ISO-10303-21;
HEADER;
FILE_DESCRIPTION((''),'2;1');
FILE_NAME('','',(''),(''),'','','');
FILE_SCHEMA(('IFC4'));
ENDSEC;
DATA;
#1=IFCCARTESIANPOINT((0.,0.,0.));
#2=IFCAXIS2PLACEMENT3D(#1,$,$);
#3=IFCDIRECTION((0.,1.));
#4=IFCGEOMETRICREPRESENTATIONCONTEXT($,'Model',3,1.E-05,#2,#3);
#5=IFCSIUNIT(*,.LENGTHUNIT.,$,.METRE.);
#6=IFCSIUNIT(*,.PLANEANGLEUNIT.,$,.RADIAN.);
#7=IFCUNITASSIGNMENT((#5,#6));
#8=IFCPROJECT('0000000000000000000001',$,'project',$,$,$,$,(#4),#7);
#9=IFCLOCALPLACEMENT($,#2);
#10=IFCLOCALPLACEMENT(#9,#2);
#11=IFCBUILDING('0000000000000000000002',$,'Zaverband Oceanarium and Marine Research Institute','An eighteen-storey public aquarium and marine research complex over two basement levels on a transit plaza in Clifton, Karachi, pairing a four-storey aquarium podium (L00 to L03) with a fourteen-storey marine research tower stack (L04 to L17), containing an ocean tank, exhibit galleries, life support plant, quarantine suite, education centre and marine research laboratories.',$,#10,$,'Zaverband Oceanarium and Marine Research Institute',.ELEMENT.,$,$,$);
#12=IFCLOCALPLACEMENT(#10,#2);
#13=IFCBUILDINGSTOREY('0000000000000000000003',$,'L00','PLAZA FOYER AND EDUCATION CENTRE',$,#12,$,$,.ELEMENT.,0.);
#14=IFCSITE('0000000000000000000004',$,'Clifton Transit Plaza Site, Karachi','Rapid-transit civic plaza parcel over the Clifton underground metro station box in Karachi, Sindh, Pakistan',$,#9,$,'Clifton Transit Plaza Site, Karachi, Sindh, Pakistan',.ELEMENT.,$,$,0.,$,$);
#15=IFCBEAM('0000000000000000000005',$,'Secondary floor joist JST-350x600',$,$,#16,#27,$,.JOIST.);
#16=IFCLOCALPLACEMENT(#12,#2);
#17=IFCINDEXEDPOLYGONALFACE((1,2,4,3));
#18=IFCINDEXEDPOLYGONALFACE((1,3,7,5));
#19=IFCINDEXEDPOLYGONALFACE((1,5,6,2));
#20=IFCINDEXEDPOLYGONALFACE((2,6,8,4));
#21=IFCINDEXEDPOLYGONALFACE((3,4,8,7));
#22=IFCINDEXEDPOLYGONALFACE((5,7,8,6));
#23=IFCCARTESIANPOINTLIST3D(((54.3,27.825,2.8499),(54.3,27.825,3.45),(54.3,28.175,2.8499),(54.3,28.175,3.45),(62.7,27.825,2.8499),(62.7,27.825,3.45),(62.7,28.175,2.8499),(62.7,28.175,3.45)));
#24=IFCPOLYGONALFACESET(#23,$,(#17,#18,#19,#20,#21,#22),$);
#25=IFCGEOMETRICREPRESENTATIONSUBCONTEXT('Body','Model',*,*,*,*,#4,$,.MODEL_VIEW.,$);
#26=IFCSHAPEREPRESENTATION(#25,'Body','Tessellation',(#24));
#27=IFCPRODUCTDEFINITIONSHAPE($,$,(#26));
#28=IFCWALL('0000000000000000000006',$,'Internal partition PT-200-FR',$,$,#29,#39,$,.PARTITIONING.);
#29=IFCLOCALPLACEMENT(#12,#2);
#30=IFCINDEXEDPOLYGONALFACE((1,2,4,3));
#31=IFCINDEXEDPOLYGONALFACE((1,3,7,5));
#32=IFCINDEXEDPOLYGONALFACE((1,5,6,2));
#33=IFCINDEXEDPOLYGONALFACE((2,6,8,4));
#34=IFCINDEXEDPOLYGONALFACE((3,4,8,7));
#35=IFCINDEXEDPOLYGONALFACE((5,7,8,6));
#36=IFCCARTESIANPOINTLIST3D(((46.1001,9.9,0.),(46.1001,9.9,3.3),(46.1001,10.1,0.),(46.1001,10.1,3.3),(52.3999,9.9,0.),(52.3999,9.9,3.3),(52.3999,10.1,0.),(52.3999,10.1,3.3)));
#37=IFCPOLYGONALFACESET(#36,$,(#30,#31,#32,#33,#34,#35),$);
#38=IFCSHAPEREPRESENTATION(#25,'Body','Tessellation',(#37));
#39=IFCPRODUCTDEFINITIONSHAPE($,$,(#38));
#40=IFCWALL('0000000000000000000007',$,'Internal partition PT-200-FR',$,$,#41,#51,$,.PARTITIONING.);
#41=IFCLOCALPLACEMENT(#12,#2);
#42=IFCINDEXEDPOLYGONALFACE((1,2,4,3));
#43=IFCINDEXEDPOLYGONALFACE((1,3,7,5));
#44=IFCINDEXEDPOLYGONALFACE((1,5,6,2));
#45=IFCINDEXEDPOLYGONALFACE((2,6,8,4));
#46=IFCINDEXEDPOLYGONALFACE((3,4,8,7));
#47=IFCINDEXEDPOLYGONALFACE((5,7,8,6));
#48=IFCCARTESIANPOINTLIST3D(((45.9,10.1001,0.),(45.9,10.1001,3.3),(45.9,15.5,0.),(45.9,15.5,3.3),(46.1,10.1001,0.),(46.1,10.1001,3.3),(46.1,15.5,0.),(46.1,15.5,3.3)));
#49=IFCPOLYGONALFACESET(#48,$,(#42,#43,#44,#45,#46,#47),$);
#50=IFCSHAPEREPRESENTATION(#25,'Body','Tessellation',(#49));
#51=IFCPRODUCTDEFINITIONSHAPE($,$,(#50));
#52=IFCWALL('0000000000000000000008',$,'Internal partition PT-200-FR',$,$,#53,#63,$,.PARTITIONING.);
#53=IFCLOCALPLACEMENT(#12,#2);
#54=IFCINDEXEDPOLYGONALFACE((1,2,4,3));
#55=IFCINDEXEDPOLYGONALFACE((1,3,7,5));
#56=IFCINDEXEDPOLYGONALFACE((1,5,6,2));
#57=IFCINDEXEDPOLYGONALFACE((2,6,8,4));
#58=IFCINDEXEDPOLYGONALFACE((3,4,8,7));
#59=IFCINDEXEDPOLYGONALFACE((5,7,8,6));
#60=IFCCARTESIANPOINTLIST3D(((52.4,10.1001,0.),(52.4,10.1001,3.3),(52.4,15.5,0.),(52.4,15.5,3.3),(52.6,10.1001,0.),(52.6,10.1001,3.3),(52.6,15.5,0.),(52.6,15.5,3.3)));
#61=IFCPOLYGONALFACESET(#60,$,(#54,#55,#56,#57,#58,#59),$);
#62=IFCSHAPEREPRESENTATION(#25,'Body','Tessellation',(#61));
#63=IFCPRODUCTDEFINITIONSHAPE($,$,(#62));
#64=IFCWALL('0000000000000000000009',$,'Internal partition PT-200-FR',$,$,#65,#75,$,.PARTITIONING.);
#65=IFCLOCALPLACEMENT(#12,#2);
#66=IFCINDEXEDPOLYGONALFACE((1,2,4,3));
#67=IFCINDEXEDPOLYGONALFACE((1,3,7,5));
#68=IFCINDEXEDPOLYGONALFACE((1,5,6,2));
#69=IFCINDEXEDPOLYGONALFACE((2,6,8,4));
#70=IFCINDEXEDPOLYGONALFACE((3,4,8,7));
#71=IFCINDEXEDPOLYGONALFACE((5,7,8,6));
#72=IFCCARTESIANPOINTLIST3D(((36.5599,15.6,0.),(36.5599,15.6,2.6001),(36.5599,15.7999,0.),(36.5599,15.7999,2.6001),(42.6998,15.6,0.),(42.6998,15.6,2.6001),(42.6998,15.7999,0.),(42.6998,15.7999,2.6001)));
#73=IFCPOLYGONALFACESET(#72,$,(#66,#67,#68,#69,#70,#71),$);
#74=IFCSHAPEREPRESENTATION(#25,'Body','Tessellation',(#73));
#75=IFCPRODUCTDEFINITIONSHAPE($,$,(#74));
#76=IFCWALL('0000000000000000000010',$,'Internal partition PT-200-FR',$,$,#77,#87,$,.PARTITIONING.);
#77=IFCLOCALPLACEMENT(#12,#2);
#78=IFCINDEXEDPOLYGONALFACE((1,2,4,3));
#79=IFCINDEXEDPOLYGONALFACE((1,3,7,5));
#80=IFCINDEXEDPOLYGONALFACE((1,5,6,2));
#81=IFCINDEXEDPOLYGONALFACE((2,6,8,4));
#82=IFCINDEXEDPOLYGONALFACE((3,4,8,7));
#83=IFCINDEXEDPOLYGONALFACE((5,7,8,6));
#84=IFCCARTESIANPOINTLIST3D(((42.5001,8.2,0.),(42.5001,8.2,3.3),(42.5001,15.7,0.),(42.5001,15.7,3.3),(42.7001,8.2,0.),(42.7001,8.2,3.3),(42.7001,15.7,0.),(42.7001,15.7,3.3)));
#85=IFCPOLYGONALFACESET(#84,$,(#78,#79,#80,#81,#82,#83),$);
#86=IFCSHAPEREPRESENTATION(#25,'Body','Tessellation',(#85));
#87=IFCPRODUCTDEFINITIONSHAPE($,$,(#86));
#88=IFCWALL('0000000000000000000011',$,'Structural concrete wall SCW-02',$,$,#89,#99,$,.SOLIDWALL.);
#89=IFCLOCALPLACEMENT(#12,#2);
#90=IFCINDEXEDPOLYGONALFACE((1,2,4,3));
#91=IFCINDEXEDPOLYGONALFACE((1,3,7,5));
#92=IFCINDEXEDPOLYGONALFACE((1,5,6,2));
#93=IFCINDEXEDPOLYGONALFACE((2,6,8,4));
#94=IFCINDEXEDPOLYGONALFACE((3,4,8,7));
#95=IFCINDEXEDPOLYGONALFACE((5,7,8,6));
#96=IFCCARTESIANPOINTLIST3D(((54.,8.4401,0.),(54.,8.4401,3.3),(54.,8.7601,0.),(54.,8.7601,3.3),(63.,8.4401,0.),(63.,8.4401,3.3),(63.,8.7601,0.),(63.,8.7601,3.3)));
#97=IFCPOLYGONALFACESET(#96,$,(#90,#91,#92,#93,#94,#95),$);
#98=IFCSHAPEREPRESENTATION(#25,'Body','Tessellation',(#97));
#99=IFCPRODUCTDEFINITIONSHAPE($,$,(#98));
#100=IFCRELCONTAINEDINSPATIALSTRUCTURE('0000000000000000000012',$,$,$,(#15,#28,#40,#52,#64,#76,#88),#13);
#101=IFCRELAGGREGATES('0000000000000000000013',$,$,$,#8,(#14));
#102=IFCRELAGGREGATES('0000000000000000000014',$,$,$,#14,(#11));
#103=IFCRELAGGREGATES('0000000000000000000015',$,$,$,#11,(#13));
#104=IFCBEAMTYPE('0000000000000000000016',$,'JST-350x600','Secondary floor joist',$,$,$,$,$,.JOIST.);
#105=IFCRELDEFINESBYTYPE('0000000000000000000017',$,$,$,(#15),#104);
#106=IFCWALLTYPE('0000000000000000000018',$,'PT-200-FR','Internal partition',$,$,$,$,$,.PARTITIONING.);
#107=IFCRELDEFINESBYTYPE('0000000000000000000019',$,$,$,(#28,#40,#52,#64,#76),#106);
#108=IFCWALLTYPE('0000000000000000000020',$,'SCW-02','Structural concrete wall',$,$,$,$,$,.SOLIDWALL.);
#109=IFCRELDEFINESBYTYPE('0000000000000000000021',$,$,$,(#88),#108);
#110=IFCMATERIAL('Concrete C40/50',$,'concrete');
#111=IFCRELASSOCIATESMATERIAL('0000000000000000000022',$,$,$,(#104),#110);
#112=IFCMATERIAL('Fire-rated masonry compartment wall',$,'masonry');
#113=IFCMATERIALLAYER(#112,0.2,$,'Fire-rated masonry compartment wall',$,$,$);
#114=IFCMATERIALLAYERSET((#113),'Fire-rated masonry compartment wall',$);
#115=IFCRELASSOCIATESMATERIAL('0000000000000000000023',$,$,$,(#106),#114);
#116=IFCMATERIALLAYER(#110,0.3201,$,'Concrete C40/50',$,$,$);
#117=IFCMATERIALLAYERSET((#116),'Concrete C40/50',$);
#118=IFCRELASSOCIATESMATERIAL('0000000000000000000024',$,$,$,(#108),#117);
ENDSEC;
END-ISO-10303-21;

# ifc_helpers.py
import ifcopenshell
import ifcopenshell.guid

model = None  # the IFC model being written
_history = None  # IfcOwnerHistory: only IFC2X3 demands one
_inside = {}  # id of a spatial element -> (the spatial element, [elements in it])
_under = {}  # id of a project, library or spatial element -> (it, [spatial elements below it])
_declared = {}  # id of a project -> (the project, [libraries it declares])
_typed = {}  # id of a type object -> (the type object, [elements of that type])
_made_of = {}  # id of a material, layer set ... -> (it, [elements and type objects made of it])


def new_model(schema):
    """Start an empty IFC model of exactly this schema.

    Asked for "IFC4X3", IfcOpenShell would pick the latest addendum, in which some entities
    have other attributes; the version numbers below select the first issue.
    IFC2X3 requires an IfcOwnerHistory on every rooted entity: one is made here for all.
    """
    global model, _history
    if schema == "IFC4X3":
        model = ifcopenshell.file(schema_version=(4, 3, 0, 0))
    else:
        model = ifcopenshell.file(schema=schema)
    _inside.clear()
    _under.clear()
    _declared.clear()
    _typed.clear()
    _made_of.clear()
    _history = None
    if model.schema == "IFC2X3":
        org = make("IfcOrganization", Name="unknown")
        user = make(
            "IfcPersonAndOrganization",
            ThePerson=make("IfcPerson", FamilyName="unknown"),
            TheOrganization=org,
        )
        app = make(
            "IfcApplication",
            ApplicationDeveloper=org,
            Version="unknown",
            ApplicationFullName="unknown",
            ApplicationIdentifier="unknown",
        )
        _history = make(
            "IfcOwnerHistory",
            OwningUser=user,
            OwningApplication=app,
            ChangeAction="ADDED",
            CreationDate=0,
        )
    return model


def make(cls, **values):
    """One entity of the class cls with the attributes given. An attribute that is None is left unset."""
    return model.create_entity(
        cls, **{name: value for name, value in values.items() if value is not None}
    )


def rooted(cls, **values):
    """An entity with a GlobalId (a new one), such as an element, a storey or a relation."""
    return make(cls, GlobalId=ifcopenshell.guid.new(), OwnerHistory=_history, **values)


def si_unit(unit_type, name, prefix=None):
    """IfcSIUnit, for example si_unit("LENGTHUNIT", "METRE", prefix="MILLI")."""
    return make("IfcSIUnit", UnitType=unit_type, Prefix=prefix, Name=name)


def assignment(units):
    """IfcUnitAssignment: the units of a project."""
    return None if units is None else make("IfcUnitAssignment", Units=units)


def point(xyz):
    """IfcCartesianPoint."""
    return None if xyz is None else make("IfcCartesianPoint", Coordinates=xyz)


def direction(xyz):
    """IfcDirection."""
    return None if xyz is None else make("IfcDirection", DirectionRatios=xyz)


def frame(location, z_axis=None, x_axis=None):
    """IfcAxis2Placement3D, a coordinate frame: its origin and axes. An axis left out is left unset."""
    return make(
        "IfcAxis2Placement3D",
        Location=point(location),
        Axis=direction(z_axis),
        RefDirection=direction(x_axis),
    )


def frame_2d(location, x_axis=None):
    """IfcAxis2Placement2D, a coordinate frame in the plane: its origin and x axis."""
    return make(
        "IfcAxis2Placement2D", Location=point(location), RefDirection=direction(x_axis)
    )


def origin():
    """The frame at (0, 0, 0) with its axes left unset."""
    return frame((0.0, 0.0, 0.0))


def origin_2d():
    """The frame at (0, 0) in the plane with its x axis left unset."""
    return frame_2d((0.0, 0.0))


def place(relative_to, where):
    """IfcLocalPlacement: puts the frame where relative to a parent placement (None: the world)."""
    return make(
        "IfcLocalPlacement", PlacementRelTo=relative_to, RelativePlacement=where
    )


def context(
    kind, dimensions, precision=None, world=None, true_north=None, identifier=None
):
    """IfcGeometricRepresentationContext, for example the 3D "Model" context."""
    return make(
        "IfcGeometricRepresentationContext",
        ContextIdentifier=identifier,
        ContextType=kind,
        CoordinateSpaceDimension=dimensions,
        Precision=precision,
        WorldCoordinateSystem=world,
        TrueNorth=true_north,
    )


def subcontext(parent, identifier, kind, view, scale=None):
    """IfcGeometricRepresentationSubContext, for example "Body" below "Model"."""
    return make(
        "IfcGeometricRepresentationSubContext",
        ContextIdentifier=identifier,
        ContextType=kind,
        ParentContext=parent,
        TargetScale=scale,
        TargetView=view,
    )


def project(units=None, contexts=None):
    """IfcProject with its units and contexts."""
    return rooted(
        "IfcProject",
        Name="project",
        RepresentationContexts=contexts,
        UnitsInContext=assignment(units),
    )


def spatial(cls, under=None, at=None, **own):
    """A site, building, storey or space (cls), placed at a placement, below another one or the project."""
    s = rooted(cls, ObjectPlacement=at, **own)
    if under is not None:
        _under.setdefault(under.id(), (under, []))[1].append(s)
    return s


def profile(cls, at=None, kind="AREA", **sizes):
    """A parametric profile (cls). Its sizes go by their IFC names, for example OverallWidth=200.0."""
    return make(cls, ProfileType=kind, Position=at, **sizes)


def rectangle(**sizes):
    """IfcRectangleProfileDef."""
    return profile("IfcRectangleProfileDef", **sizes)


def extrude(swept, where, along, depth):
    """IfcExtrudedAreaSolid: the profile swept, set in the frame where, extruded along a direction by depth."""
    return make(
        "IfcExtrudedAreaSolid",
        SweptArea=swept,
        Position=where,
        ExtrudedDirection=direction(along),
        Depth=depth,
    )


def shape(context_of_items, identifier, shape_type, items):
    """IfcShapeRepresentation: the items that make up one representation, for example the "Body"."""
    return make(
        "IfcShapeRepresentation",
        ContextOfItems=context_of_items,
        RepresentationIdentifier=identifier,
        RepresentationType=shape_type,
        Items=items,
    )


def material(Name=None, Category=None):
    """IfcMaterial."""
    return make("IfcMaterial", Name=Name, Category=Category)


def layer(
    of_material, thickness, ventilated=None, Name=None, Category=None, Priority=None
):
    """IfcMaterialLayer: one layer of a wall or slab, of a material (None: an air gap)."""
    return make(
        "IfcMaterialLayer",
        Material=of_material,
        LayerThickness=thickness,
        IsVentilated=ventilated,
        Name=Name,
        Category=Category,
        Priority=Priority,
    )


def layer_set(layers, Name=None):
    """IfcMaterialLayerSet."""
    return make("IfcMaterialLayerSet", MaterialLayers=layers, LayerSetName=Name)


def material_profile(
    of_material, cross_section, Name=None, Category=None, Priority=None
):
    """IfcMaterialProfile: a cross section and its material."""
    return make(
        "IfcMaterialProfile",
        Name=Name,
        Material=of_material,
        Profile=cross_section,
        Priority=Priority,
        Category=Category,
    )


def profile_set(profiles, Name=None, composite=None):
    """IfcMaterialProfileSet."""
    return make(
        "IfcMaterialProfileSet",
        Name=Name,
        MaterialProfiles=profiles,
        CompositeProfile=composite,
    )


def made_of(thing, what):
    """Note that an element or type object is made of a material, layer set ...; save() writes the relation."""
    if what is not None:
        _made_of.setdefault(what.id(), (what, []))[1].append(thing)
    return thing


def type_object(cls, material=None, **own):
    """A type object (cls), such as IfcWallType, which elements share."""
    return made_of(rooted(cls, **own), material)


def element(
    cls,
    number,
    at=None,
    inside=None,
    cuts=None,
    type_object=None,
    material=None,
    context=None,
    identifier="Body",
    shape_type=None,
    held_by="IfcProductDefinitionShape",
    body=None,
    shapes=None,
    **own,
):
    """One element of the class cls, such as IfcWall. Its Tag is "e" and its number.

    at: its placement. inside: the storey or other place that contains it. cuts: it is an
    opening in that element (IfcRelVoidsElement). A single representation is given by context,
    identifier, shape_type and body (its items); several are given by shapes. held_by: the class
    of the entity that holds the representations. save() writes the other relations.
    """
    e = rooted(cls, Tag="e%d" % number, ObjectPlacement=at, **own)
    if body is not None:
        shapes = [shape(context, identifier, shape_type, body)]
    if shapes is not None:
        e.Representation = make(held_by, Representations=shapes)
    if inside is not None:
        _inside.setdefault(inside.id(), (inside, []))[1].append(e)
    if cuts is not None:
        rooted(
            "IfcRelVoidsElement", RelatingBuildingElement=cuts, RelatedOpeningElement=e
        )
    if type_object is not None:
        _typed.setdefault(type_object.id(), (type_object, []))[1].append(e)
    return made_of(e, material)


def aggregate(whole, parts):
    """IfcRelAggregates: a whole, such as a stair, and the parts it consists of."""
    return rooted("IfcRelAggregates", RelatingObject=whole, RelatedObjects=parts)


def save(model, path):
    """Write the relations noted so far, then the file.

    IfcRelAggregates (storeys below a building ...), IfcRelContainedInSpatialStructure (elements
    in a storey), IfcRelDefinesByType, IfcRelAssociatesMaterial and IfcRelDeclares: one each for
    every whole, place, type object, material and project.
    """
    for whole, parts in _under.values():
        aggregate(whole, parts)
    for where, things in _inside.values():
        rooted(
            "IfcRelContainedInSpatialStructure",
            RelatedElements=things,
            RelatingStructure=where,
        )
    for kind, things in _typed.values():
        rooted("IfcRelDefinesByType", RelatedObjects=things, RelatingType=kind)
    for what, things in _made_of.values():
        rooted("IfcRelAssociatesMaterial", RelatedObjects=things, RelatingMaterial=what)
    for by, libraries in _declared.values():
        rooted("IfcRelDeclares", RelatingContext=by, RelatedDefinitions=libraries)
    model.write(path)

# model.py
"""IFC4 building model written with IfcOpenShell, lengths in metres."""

from ifc_helpers import new_model, si_unit, direction, frame, frame_2d, origin, origin_2d, place, context, subcontext, project, spatial, rectangle, extrude, material, layer, layer_set, material_profile, profile_set, type_object, element, save


model = new_model("IFC4")

# Units and contexts
model_context = context("Model", 3, precision=1e-05, world=origin(), true_north=direction((0.0, 1.0)))
body_context = subcontext(model_context, "Body", "Model", "MODEL_VIEW")
ifc_project = project(units=[si_unit("LENGTHUNIT", "METRE"), si_unit("PLANEANGLEUNIT", "RADIAN")], contexts=[model_context])

# Site, building, storey
site_placement = place(None, origin())
site = spatial("IfcSite", under=ifc_project, at=site_placement, Name="Clifton Transit Plaza Site, Karachi", Description="Rapid-transit civic plaza parcel over the Clifton underground metro station box in Karachi, Sindh, Pakistan", LongName="Clifton Transit Plaza Site, Karachi, Sindh, Pakistan", CompositionType="ELEMENT", RefElevation=0.0)
building_placement = place(site_placement, origin())
building = spatial("IfcBuilding", under=site, at=building_placement, Name="Zaverband Oceanarium and Marine Research Institute", Description="An eighteen-storey public aquarium and marine research complex over two basement levels on a transit plaza in Clifton, Karachi, pairing a four-storey aquarium podium (L00 to L03) with a fourteen-storey marine research tower stack (L04 to L17), containing an ocean tank, exhibit galleries, life support plant, quarantine suite, education centre and marine research laboratories.", LongName="Zaverband Oceanarium and Marine Research Institute", CompositionType="ELEMENT")
storey_placement = place(building_placement, origin())
storey = spatial("IfcBuildingStorey", under=building, at=storey_placement, Name="L00", Description="PLAZA FOYER AND EDUCATION CENTRE", CompositionType="ELEMENT", Elevation=0.0)

# Beam
ifc_material_1 = material(Name="Concrete C40/50", Category="concrete")
ifc_material_profile_1 = material_profile(ifc_material_1, rectangle(XDim=0.3501, YDim=0.6001, at=origin_2d()), Name="RC350x600")
ifc_profile_set_1 = profile_set([ifc_material_profile_1], Name="Concrete C40/50")
beam_type_1 = type_object("IfcBeamType", Name="JST-350x600", Description="Secondary floor joist", PredefinedType="JOIST", material=ifc_profile_set_1)
for number, where, z_axis, x_axis, name in (
    (1, (54.3, 28.0, 3.1499), (1.0, 0.0, 0.0), (0.0, 1.0, 0.0), "Secondary floor joist JST-350x600"),
):
    element("IfcBeam", number, at=place(storey_placement, frame(where, z_axis=z_axis, x_axis=x_axis)), inside=storey, type_object=beam_type_1, Name=name, PredefinedType="JOIST", context=body_context, shape_type="SweptSolid", body=[
        extrude(rectangle(XDim=0.3501, YDim=0.6001, at=origin_2d()), origin(), (0.0, 0.0, 1.0), 8.3999),
    ])

# Wall
ifc_material_2 = material(Name="Fire-rated masonry compartment wall", Category="masonry")
ifc_layer_1 = layer(ifc_material_2, 0.2, Name="Fire-rated masonry compartment wall")
ifc_layer_set_1 = layer_set([ifc_layer_1], Name="Fire-rated masonry compartment wall")
wall_type_1 = type_object("IfcWallType", Name="PT-200-FR", Description="Internal partition", PredefinedType="PARTITIONING", material=ifc_layer_set_1)
wall_1_placement = place(storey_placement, frame((46.1001, 10.0, 0.0), z_axis=(0.0, 0.0, 1.0), x_axis=(1.0, 0.0, 0.0)))
element("IfcWall", 2, at=wall_1_placement, inside=storey, type_object=wall_type_1, Name="Internal partition PT-200-FR", PredefinedType="PARTITIONING", context=body_context, shape_type="SweptSolid", body=[
    extrude(rectangle(XDim=6.2998, YDim=0.2, at=frame_2d((3.1499, 0.0))), origin(), (0.0, 0.0, 1.0), 3.3),
])

# Walls
for number, where, z_axis, x_axis, name in (
    (3, (46.0, 10.1001, 0.0), (0.0, 0.0, 1.0), (0.0, 1.0, 0.0), "Internal partition PT-200-FR"),
    (4, (52.5, 10.1001, 0.0), (0.0, 0.0, 1.0), (0.0, 1.0, 0.0), "Internal partition PT-200-FR"),
):
    element("IfcWall", number, at=place(storey_placement, frame(where, z_axis=z_axis, x_axis=x_axis)), inside=storey, type_object=wall_type_1, Name=name, PredefinedType="PARTITIONING", context=body_context, shape_type="SweptSolid", body=[
        extrude(rectangle(XDim=5.3999, YDim=0.2, at=frame_2d((2.7, 0.0))), origin(), (0.0, 0.0, 1.0), 3.3),
    ])
wall_2_placement = place(storey_placement, frame((36.5601, 15.7, 0.0), z_axis=(0.0, 0.0, 1.0), x_axis=(1.0, 0.0, 0.0)))
element("IfcWall", 5, at=wall_2_placement, inside=storey, type_object=wall_type_1, Name="Internal partition PT-200-FR", PredefinedType="PARTITIONING", context=body_context, shape_type="SweptSolid", body=[
    extrude(rectangle(XDim=6.1399, YDim=0.2, at=frame_2d((3.0698, 0.0))), origin(), (0.0, 0.0, 1.0), 2.6001),
])
wall_3_placement = place(storey_placement, frame((42.6001, 8.2, 0.0), z_axis=(0.0, 0.0, 1.0), x_axis=(0.0, 1.0, 0.0)))
element("IfcWall", 6, at=wall_3_placement, inside=storey, type_object=wall_type_1, Name="Internal partition PT-200-FR", PredefinedType="PARTITIONING", context=body_context, shape_type="SweptSolid", body=[
    extrude(rectangle(XDim=7.5, YDim=0.2, at=frame_2d((3.75, 0.0))), origin(), (0.0, 0.0, 1.0), 3.3),
])
ifc_layer_2 = layer(ifc_material_1, 0.3201, Name="Concrete C40/50")
ifc_layer_set_2 = layer_set([ifc_layer_2], Name="Concrete C40/50")
wall_type_2 = type_object("IfcWallType", Name="SCW-02", Description="Structural concrete wall", PredefinedType="SOLIDWALL", material=ifc_layer_set_2)
wall_4_placement = place(storey_placement, frame((54.0, 8.6001, 0.0), z_axis=(0.0, 0.0, 1.0), x_axis=(1.0, 0.0, 0.0)))
element("IfcWall", 7, at=wall_4_placement, inside=storey, type_object=wall_type_2, Name="Structural concrete wall SCW-02", PredefinedType="SOLIDWALL", context=body_context, shape_type="SweptSolid", body=[
    extrude(rectangle(XDim=9.0, YDim=0.3201, at=frame_2d((4.5, 0.0))), origin(), (0.0, 0.0, 1.0), 3.3),
])

save(model, "model.ifc")
